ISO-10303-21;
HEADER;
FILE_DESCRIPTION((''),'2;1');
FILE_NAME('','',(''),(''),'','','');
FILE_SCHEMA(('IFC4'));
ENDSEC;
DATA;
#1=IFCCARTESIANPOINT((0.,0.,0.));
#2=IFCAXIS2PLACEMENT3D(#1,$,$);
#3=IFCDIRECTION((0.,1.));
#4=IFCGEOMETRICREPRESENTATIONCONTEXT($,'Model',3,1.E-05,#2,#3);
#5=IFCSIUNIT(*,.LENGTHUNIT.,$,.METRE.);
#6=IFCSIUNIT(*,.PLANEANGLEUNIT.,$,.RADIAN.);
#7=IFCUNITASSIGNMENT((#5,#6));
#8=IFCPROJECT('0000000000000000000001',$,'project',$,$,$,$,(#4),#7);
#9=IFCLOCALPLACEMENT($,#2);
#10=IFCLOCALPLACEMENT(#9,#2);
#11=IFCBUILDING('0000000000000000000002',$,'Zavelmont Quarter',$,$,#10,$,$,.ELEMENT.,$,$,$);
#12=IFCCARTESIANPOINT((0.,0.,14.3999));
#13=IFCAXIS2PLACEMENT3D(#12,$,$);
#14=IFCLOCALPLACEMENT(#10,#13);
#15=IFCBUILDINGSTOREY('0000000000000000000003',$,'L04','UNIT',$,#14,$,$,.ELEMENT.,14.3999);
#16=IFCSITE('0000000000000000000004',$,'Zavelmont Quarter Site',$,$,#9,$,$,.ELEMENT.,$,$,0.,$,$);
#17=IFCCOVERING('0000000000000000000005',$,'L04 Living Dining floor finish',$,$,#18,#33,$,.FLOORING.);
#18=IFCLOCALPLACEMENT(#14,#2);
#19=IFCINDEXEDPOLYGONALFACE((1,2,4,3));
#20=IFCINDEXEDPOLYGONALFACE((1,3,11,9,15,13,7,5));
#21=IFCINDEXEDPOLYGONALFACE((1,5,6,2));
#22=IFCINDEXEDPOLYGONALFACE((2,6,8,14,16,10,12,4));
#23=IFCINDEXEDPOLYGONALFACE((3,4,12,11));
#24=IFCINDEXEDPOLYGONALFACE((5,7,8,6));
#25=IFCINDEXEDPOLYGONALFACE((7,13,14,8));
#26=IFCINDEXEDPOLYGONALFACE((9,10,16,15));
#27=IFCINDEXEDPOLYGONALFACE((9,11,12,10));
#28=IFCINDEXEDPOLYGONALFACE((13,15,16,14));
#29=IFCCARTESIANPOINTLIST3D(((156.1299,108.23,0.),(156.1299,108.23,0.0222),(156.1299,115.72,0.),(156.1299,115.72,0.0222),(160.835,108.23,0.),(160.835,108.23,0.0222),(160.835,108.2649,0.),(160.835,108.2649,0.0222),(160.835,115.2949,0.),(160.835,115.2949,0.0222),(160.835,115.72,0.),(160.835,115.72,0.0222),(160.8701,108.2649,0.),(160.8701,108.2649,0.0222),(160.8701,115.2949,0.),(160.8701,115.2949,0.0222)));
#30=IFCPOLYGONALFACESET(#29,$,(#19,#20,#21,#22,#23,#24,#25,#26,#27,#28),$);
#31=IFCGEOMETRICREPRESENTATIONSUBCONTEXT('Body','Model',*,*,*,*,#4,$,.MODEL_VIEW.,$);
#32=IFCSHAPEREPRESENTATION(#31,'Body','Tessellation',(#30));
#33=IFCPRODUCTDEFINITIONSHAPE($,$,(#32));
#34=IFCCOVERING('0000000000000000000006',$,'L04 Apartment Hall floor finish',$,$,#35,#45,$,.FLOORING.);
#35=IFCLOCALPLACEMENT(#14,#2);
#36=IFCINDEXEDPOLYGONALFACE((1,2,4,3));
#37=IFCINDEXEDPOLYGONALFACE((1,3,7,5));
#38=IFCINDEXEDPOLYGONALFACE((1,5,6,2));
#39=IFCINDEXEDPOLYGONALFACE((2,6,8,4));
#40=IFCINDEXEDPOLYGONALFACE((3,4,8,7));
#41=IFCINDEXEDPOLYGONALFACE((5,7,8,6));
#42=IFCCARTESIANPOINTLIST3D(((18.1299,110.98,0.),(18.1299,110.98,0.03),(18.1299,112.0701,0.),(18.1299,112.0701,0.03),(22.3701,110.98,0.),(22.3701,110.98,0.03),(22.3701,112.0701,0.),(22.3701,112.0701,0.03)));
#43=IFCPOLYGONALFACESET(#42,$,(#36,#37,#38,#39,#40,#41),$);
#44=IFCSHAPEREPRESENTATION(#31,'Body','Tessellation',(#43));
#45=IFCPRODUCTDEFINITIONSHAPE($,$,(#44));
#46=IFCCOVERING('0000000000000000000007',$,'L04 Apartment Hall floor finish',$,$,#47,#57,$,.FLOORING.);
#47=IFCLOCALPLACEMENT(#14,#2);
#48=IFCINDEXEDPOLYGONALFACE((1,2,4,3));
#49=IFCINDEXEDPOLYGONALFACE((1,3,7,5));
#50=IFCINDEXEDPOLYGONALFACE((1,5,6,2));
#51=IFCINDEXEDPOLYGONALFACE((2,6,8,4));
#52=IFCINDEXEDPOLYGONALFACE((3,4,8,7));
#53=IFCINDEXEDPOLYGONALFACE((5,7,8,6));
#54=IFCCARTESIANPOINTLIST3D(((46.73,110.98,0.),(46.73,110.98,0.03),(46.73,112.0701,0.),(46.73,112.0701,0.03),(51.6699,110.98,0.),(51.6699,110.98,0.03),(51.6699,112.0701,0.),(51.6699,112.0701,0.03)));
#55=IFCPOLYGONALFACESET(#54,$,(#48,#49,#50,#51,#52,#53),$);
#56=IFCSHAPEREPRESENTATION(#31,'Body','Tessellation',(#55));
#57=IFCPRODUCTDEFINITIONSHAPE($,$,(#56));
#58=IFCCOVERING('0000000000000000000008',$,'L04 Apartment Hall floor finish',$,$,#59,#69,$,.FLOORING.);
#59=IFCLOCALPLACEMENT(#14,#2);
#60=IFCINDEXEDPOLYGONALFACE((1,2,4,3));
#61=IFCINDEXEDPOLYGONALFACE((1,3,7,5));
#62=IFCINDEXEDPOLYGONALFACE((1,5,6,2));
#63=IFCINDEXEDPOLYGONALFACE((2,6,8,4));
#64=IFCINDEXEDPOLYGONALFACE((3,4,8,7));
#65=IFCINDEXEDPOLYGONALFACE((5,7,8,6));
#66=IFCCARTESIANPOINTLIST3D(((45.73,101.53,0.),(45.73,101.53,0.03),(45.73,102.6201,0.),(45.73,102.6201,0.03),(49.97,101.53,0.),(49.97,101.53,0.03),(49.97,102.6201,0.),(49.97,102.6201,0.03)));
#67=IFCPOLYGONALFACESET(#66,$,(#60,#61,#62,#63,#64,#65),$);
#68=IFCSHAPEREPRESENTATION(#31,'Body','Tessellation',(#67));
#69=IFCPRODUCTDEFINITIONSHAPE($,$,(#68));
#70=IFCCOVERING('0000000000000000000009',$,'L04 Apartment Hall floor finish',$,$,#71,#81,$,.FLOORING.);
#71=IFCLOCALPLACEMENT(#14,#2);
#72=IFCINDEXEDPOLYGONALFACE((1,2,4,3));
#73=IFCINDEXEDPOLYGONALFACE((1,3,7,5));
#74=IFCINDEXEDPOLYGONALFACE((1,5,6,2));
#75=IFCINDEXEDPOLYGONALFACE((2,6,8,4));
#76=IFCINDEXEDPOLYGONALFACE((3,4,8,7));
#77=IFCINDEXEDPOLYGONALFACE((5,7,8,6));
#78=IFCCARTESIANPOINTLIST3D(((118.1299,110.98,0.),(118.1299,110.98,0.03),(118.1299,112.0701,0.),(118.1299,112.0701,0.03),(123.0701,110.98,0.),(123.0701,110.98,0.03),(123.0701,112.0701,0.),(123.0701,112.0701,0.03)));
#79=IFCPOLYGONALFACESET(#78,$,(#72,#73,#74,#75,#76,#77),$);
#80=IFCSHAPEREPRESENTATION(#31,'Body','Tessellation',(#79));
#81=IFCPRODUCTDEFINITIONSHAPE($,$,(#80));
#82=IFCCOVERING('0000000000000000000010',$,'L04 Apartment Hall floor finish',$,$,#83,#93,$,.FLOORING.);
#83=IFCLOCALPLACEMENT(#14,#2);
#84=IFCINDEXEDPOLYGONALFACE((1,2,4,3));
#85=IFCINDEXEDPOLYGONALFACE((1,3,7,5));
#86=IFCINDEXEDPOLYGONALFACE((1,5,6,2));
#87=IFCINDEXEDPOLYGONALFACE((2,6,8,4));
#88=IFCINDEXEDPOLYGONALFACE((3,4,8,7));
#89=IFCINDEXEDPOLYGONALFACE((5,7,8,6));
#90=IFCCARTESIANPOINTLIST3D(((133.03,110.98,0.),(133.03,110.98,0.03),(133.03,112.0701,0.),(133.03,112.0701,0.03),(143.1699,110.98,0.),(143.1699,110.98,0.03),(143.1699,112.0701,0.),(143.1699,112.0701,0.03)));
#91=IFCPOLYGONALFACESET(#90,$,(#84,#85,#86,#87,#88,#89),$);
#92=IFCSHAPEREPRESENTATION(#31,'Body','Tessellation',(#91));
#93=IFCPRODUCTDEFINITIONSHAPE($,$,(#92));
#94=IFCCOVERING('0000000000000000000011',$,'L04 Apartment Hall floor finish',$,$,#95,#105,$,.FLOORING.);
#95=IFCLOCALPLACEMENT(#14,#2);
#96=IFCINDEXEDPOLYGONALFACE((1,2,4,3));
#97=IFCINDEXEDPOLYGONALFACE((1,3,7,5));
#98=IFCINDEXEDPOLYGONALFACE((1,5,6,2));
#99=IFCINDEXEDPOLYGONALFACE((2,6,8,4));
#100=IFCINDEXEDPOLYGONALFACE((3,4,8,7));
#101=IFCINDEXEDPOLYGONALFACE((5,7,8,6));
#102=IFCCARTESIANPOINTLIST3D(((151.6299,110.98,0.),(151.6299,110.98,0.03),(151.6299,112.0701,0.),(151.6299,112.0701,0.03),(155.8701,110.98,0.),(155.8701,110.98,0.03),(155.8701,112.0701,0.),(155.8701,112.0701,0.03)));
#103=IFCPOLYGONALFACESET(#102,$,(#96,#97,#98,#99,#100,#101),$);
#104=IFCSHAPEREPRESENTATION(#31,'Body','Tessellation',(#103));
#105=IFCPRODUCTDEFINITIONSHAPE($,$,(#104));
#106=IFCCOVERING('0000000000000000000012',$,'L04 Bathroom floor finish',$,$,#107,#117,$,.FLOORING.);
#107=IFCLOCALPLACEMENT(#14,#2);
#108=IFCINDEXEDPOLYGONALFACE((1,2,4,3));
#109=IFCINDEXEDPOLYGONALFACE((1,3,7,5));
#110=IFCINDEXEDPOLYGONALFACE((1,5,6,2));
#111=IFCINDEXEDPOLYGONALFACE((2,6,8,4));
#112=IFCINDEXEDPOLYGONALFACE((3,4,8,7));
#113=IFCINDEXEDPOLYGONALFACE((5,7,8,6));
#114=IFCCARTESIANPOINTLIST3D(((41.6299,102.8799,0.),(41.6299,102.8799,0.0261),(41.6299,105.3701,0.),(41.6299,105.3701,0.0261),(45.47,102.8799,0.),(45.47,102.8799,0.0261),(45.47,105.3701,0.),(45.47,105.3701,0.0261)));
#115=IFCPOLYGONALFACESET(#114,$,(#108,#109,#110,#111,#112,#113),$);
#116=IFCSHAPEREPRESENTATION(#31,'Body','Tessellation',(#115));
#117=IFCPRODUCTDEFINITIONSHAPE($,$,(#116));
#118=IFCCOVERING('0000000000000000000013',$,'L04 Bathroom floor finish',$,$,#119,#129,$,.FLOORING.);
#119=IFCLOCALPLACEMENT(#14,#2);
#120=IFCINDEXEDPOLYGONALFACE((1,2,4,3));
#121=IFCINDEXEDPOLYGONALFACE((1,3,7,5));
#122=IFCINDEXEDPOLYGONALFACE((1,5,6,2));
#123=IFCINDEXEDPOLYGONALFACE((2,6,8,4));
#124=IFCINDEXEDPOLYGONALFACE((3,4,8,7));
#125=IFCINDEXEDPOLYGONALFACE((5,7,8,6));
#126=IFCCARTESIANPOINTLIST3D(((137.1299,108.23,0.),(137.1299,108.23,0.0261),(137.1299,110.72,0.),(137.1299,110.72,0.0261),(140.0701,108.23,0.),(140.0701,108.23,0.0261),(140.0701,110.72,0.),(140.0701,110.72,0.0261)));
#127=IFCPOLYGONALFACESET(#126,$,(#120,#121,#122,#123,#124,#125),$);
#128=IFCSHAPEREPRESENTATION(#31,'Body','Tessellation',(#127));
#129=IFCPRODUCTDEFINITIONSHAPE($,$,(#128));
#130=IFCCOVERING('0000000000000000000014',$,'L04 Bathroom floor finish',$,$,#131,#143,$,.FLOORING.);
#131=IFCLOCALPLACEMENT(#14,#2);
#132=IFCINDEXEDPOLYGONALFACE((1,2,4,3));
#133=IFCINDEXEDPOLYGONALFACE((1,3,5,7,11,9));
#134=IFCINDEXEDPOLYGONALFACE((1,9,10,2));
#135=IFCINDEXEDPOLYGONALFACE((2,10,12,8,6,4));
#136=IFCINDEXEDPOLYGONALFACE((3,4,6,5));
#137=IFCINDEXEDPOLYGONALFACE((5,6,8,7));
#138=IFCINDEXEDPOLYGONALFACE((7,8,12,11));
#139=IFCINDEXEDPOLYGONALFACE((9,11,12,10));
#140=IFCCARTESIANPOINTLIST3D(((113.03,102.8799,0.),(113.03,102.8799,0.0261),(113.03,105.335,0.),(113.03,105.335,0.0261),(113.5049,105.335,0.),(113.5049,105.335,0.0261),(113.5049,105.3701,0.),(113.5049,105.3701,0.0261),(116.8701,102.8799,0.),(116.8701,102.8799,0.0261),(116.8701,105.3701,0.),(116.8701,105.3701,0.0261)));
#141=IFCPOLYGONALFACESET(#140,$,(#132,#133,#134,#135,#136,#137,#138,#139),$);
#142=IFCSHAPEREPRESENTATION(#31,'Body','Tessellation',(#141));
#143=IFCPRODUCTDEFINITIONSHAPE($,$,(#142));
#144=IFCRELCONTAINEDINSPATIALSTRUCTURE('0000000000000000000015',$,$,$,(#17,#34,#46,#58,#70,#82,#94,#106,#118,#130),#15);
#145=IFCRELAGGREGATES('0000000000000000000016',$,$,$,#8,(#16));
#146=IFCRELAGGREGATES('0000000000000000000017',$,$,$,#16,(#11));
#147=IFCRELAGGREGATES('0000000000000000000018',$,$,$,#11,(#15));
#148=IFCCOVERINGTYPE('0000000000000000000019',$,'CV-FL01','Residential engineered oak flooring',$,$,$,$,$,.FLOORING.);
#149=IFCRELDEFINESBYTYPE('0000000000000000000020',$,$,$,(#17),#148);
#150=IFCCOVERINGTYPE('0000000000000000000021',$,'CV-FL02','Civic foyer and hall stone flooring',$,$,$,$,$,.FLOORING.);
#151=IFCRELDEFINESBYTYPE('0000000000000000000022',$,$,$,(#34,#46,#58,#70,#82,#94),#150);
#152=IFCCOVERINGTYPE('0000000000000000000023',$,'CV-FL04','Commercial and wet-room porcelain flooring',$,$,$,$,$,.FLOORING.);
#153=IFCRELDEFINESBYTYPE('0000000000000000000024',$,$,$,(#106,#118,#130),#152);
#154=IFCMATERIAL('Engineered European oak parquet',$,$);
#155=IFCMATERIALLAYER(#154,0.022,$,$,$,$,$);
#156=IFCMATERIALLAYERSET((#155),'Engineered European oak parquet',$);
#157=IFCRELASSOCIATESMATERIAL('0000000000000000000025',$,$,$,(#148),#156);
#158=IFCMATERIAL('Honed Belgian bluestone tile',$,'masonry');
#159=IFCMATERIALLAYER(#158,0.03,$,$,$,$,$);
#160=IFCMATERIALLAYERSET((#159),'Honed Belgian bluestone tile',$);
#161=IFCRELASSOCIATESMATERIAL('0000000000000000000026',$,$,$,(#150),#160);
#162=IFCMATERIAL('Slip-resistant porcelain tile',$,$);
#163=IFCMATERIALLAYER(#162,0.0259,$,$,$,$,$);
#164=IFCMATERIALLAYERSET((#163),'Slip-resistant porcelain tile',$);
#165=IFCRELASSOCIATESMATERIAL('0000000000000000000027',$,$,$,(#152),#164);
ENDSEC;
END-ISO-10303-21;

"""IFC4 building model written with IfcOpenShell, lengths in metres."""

from ifc_helpers import new_model, si_unit, direction, frame, origin, place, context, subcontext, project, spatial, polyline, outline, extrude, material, layer, layer_set, type_object, element, save


model = new_model("IFC4")

# Units and contexts
model_context = context("Model", 3, precision=1e-05, world=origin(), true_north=direction((0.0, 1.0)))
body_context = subcontext(model_context, "Body", "Model", "MODEL_VIEW")
ifc_project = project(units=[si_unit("LENGTHUNIT", "METRE"), si_unit("PLANEANGLEUNIT", "RADIAN")], contexts=[model_context])

# Site, building, storey
site_placement = place(None, origin())
site = spatial("IfcSite", under=ifc_project, at=site_placement, Name="Zavelmont Quarter Site", CompositionType="ELEMENT", RefElevation=0.0)
building_placement = place(site_placement, origin())
building = spatial("IfcBuilding", under=site, at=building_placement, Name="Zavelmont Quarter", CompositionType="ELEMENT")
storey_placement = place(building_placement, frame((0.0, 0.0, 14.3999)))
storey = spatial("IfcBuildingStorey", under=building, at=storey_placement, Name="L04", Description="UNIT", CompositionType="ELEMENT", Elevation=14.3999)

# Coverings
ifc_material_1 = material(Name="Engineered European oak parquet")
ifc_layer_1 = layer(ifc_material_1, 0.022)
ifc_layer_set_1 = layer_set([ifc_layer_1], Name="Engineered European oak parquet")
covering_type_1 = type_object("IfcCoveringType", Name="CV-FL01", Description="Residential engineered oak flooring", PredefinedType="FLOORING", material=ifc_layer_set_1)
covering_1_placement = place(storey_placement, origin())
element("IfcCovering", 1, at=covering_1_placement, inside=storey, type_object=covering_type_1, Name="L04 Living Dining floor finish", PredefinedType="FLOORING", context=body_context, shape_type="SweptSolid", body=[
    extrude(outline(polyline([(156.1299, 115.72), (160.835, 115.72), (160.835, 115.2949), (160.8701, 115.2949), (160.8701, 108.2649), (160.835, 108.2649), (160.835, 108.23), (156.1299, 108.23), (156.1299, 115.72)])), origin(), (0.0, 0.0, 1.0), 0.0222),
])
ifc_material_2 = material(Name="Honed Belgian bluestone tile", Category="masonry")
ifc_layer_2 = layer(ifc_material_2, 0.03)
ifc_layer_set_2 = layer_set([ifc_layer_2], Name="Honed Belgian bluestone tile")
covering_type_2 = type_object("IfcCoveringType", Name="CV-FL02", Description="Civic foyer and hall stone flooring", PredefinedType="FLOORING", material=ifc_layer_set_2)
covering_2_placement = place(storey_placement, origin())
element("IfcCovering", 2, at=covering_2_placement, inside=storey, type_object=covering_type_2, Name="L04 Apartment Hall floor finish", PredefinedType="FLOORING", context=body_context, shape_type="SweptSolid", body=[
    extrude(outline(polyline([(18.1299, 112.0701), (22.3701, 112.0701), (22.3701, 110.98), (18.1299, 110.98), (18.1299, 112.0701)])), origin(), (0.0, 0.0, 1.0), 0.03),
])
covering_3_placement = place(storey_placement, origin())
element("IfcCovering", 3, at=covering_3_placement, inside=storey, type_object=covering_type_2, Name="L04 Apartment Hall floor finish", PredefinedType="FLOORING", context=body_context, shape_type="SweptSolid", body=[
    extrude(outline(polyline([(46.73, 112.0701), (51.6699, 112.0701), (51.6699, 110.98), (46.73, 110.98), (46.73, 112.0701)])), origin(), (0.0, 0.0, 1.0), 0.03),
])
covering_4_placement = place(storey_placement, origin())
element("IfcCovering", 4, at=covering_4_placement, inside=storey, type_object=covering_type_2, Name="L04 Apartment Hall floor finish", PredefinedType="FLOORING", context=body_context, shape_type="SweptSolid", body=[
    extrude(outline(polyline([(45.73, 102.6201), (49.97, 102.6201), (49.97, 101.53), (45.73, 101.53), (45.73, 102.6201)])), origin(), (0.0, 0.0, 1.0), 0.03),
])
covering_5_placement = place(storey_placement, origin())
element("IfcCovering", 5, at=covering_5_placement, inside=storey, type_object=covering_type_2, Name="L04 Apartment Hall floor finish", PredefinedType="FLOORING", context=body_context, shape_type="SweptSolid", body=[
    extrude(outline(polyline([(118.1299, 112.0701), (123.0701, 112.0701), (123.0701, 110.98), (118.1299, 110.98), (118.1299, 112.0701)])), origin(), (0.0, 0.0, 1.0), 0.03),
])
covering_6_placement = place(storey_placement, origin())
element("IfcCovering", 6, at=covering_6_placement, inside=storey, type_object=covering_type_2, Name="L04 Apartment Hall floor finish", PredefinedType="FLOORING", context=body_context, shape_type="SweptSolid", body=[
    extrude(outline(polyline([(133.03, 112.0701), (143.1699, 112.0701), (143.1699, 110.98), (133.03, 110.98), (133.03, 112.0701)])), origin(), (0.0, 0.0, 1.0), 0.03),
])
covering_7_placement = place(storey_placement, origin())
element("IfcCovering", 7, at=covering_7_placement, inside=storey, type_object=covering_type_2, Name="L04 Apartment Hall floor finish", PredefinedType="FLOORING", context=body_context, shape_type="SweptSolid", body=[
    extrude(outline(polyline([(151.6299, 112.0701), (155.8701, 112.0701), (155.8701, 110.98), (151.6299, 110.98), (151.6299, 112.0701)])), origin(), (0.0, 0.0, 1.0), 0.03),
])
ifc_material_3 = material(Name="Slip-resistant porcelain tile")
ifc_layer_3 = layer(ifc_material_3, 0.0259)
ifc_layer_set_3 = layer_set([ifc_layer_3], Name="Slip-resistant porcelain tile")
covering_type_3 = type_object("IfcCoveringType", Name="CV-FL04", Description="Commercial and wet-room porcelain flooring", PredefinedType="FLOORING", material=ifc_layer_set_3)
covering_8_placement = place(storey_placement, origin())
element("IfcCovering", 8, at=covering_8_placement, inside=storey, type_object=covering_type_3, Name="L04 Bathroom floor finish", PredefinedType="FLOORING", context=body_context, shape_type="SweptSolid", body=[
    extrude(outline(polyline([(41.6299, 105.3701), (45.47, 105.3701), (45.47, 102.8799), (41.6299, 102.8799), (41.6299, 105.3701)])), origin(), (0.0, 0.0, 1.0), 0.0261),
])
covering_9_placement = place(storey_placement, origin())
element("IfcCovering", 9, at=covering_9_placement, inside=storey, type_object=covering_type_3, Name="L04 Bathroom floor finish", PredefinedType="FLOORING", context=body_context, shape_type="SweptSolid", body=[
    extrude(outline(polyline([(137.1299, 110.72), (140.0701, 110.72), (140.0701, 108.23), (137.1299, 108.23), (137.1299, 110.72)])), origin(), (0.0, 0.0, 1.0), 0.0261),
])
covering_10_placement = place(storey_placement, origin())
element("IfcCovering", 10, at=covering_10_placement, inside=storey, type_object=covering_type_3, Name="L04 Bathroom floor finish", PredefinedType="FLOORING", context=body_context, shape_type="SweptSolid", body=[
    extrude(outline(polyline([(113.03, 105.335), (113.5049, 105.335), (113.5049, 105.3701), (116.8701, 105.3701), (116.8701, 102.8799), (113.03, 102.8799), (113.03, 105.335)])), origin(), (0.0, 0.0, 1.0), 0.0261),
])

save(model, "model.ifc")
